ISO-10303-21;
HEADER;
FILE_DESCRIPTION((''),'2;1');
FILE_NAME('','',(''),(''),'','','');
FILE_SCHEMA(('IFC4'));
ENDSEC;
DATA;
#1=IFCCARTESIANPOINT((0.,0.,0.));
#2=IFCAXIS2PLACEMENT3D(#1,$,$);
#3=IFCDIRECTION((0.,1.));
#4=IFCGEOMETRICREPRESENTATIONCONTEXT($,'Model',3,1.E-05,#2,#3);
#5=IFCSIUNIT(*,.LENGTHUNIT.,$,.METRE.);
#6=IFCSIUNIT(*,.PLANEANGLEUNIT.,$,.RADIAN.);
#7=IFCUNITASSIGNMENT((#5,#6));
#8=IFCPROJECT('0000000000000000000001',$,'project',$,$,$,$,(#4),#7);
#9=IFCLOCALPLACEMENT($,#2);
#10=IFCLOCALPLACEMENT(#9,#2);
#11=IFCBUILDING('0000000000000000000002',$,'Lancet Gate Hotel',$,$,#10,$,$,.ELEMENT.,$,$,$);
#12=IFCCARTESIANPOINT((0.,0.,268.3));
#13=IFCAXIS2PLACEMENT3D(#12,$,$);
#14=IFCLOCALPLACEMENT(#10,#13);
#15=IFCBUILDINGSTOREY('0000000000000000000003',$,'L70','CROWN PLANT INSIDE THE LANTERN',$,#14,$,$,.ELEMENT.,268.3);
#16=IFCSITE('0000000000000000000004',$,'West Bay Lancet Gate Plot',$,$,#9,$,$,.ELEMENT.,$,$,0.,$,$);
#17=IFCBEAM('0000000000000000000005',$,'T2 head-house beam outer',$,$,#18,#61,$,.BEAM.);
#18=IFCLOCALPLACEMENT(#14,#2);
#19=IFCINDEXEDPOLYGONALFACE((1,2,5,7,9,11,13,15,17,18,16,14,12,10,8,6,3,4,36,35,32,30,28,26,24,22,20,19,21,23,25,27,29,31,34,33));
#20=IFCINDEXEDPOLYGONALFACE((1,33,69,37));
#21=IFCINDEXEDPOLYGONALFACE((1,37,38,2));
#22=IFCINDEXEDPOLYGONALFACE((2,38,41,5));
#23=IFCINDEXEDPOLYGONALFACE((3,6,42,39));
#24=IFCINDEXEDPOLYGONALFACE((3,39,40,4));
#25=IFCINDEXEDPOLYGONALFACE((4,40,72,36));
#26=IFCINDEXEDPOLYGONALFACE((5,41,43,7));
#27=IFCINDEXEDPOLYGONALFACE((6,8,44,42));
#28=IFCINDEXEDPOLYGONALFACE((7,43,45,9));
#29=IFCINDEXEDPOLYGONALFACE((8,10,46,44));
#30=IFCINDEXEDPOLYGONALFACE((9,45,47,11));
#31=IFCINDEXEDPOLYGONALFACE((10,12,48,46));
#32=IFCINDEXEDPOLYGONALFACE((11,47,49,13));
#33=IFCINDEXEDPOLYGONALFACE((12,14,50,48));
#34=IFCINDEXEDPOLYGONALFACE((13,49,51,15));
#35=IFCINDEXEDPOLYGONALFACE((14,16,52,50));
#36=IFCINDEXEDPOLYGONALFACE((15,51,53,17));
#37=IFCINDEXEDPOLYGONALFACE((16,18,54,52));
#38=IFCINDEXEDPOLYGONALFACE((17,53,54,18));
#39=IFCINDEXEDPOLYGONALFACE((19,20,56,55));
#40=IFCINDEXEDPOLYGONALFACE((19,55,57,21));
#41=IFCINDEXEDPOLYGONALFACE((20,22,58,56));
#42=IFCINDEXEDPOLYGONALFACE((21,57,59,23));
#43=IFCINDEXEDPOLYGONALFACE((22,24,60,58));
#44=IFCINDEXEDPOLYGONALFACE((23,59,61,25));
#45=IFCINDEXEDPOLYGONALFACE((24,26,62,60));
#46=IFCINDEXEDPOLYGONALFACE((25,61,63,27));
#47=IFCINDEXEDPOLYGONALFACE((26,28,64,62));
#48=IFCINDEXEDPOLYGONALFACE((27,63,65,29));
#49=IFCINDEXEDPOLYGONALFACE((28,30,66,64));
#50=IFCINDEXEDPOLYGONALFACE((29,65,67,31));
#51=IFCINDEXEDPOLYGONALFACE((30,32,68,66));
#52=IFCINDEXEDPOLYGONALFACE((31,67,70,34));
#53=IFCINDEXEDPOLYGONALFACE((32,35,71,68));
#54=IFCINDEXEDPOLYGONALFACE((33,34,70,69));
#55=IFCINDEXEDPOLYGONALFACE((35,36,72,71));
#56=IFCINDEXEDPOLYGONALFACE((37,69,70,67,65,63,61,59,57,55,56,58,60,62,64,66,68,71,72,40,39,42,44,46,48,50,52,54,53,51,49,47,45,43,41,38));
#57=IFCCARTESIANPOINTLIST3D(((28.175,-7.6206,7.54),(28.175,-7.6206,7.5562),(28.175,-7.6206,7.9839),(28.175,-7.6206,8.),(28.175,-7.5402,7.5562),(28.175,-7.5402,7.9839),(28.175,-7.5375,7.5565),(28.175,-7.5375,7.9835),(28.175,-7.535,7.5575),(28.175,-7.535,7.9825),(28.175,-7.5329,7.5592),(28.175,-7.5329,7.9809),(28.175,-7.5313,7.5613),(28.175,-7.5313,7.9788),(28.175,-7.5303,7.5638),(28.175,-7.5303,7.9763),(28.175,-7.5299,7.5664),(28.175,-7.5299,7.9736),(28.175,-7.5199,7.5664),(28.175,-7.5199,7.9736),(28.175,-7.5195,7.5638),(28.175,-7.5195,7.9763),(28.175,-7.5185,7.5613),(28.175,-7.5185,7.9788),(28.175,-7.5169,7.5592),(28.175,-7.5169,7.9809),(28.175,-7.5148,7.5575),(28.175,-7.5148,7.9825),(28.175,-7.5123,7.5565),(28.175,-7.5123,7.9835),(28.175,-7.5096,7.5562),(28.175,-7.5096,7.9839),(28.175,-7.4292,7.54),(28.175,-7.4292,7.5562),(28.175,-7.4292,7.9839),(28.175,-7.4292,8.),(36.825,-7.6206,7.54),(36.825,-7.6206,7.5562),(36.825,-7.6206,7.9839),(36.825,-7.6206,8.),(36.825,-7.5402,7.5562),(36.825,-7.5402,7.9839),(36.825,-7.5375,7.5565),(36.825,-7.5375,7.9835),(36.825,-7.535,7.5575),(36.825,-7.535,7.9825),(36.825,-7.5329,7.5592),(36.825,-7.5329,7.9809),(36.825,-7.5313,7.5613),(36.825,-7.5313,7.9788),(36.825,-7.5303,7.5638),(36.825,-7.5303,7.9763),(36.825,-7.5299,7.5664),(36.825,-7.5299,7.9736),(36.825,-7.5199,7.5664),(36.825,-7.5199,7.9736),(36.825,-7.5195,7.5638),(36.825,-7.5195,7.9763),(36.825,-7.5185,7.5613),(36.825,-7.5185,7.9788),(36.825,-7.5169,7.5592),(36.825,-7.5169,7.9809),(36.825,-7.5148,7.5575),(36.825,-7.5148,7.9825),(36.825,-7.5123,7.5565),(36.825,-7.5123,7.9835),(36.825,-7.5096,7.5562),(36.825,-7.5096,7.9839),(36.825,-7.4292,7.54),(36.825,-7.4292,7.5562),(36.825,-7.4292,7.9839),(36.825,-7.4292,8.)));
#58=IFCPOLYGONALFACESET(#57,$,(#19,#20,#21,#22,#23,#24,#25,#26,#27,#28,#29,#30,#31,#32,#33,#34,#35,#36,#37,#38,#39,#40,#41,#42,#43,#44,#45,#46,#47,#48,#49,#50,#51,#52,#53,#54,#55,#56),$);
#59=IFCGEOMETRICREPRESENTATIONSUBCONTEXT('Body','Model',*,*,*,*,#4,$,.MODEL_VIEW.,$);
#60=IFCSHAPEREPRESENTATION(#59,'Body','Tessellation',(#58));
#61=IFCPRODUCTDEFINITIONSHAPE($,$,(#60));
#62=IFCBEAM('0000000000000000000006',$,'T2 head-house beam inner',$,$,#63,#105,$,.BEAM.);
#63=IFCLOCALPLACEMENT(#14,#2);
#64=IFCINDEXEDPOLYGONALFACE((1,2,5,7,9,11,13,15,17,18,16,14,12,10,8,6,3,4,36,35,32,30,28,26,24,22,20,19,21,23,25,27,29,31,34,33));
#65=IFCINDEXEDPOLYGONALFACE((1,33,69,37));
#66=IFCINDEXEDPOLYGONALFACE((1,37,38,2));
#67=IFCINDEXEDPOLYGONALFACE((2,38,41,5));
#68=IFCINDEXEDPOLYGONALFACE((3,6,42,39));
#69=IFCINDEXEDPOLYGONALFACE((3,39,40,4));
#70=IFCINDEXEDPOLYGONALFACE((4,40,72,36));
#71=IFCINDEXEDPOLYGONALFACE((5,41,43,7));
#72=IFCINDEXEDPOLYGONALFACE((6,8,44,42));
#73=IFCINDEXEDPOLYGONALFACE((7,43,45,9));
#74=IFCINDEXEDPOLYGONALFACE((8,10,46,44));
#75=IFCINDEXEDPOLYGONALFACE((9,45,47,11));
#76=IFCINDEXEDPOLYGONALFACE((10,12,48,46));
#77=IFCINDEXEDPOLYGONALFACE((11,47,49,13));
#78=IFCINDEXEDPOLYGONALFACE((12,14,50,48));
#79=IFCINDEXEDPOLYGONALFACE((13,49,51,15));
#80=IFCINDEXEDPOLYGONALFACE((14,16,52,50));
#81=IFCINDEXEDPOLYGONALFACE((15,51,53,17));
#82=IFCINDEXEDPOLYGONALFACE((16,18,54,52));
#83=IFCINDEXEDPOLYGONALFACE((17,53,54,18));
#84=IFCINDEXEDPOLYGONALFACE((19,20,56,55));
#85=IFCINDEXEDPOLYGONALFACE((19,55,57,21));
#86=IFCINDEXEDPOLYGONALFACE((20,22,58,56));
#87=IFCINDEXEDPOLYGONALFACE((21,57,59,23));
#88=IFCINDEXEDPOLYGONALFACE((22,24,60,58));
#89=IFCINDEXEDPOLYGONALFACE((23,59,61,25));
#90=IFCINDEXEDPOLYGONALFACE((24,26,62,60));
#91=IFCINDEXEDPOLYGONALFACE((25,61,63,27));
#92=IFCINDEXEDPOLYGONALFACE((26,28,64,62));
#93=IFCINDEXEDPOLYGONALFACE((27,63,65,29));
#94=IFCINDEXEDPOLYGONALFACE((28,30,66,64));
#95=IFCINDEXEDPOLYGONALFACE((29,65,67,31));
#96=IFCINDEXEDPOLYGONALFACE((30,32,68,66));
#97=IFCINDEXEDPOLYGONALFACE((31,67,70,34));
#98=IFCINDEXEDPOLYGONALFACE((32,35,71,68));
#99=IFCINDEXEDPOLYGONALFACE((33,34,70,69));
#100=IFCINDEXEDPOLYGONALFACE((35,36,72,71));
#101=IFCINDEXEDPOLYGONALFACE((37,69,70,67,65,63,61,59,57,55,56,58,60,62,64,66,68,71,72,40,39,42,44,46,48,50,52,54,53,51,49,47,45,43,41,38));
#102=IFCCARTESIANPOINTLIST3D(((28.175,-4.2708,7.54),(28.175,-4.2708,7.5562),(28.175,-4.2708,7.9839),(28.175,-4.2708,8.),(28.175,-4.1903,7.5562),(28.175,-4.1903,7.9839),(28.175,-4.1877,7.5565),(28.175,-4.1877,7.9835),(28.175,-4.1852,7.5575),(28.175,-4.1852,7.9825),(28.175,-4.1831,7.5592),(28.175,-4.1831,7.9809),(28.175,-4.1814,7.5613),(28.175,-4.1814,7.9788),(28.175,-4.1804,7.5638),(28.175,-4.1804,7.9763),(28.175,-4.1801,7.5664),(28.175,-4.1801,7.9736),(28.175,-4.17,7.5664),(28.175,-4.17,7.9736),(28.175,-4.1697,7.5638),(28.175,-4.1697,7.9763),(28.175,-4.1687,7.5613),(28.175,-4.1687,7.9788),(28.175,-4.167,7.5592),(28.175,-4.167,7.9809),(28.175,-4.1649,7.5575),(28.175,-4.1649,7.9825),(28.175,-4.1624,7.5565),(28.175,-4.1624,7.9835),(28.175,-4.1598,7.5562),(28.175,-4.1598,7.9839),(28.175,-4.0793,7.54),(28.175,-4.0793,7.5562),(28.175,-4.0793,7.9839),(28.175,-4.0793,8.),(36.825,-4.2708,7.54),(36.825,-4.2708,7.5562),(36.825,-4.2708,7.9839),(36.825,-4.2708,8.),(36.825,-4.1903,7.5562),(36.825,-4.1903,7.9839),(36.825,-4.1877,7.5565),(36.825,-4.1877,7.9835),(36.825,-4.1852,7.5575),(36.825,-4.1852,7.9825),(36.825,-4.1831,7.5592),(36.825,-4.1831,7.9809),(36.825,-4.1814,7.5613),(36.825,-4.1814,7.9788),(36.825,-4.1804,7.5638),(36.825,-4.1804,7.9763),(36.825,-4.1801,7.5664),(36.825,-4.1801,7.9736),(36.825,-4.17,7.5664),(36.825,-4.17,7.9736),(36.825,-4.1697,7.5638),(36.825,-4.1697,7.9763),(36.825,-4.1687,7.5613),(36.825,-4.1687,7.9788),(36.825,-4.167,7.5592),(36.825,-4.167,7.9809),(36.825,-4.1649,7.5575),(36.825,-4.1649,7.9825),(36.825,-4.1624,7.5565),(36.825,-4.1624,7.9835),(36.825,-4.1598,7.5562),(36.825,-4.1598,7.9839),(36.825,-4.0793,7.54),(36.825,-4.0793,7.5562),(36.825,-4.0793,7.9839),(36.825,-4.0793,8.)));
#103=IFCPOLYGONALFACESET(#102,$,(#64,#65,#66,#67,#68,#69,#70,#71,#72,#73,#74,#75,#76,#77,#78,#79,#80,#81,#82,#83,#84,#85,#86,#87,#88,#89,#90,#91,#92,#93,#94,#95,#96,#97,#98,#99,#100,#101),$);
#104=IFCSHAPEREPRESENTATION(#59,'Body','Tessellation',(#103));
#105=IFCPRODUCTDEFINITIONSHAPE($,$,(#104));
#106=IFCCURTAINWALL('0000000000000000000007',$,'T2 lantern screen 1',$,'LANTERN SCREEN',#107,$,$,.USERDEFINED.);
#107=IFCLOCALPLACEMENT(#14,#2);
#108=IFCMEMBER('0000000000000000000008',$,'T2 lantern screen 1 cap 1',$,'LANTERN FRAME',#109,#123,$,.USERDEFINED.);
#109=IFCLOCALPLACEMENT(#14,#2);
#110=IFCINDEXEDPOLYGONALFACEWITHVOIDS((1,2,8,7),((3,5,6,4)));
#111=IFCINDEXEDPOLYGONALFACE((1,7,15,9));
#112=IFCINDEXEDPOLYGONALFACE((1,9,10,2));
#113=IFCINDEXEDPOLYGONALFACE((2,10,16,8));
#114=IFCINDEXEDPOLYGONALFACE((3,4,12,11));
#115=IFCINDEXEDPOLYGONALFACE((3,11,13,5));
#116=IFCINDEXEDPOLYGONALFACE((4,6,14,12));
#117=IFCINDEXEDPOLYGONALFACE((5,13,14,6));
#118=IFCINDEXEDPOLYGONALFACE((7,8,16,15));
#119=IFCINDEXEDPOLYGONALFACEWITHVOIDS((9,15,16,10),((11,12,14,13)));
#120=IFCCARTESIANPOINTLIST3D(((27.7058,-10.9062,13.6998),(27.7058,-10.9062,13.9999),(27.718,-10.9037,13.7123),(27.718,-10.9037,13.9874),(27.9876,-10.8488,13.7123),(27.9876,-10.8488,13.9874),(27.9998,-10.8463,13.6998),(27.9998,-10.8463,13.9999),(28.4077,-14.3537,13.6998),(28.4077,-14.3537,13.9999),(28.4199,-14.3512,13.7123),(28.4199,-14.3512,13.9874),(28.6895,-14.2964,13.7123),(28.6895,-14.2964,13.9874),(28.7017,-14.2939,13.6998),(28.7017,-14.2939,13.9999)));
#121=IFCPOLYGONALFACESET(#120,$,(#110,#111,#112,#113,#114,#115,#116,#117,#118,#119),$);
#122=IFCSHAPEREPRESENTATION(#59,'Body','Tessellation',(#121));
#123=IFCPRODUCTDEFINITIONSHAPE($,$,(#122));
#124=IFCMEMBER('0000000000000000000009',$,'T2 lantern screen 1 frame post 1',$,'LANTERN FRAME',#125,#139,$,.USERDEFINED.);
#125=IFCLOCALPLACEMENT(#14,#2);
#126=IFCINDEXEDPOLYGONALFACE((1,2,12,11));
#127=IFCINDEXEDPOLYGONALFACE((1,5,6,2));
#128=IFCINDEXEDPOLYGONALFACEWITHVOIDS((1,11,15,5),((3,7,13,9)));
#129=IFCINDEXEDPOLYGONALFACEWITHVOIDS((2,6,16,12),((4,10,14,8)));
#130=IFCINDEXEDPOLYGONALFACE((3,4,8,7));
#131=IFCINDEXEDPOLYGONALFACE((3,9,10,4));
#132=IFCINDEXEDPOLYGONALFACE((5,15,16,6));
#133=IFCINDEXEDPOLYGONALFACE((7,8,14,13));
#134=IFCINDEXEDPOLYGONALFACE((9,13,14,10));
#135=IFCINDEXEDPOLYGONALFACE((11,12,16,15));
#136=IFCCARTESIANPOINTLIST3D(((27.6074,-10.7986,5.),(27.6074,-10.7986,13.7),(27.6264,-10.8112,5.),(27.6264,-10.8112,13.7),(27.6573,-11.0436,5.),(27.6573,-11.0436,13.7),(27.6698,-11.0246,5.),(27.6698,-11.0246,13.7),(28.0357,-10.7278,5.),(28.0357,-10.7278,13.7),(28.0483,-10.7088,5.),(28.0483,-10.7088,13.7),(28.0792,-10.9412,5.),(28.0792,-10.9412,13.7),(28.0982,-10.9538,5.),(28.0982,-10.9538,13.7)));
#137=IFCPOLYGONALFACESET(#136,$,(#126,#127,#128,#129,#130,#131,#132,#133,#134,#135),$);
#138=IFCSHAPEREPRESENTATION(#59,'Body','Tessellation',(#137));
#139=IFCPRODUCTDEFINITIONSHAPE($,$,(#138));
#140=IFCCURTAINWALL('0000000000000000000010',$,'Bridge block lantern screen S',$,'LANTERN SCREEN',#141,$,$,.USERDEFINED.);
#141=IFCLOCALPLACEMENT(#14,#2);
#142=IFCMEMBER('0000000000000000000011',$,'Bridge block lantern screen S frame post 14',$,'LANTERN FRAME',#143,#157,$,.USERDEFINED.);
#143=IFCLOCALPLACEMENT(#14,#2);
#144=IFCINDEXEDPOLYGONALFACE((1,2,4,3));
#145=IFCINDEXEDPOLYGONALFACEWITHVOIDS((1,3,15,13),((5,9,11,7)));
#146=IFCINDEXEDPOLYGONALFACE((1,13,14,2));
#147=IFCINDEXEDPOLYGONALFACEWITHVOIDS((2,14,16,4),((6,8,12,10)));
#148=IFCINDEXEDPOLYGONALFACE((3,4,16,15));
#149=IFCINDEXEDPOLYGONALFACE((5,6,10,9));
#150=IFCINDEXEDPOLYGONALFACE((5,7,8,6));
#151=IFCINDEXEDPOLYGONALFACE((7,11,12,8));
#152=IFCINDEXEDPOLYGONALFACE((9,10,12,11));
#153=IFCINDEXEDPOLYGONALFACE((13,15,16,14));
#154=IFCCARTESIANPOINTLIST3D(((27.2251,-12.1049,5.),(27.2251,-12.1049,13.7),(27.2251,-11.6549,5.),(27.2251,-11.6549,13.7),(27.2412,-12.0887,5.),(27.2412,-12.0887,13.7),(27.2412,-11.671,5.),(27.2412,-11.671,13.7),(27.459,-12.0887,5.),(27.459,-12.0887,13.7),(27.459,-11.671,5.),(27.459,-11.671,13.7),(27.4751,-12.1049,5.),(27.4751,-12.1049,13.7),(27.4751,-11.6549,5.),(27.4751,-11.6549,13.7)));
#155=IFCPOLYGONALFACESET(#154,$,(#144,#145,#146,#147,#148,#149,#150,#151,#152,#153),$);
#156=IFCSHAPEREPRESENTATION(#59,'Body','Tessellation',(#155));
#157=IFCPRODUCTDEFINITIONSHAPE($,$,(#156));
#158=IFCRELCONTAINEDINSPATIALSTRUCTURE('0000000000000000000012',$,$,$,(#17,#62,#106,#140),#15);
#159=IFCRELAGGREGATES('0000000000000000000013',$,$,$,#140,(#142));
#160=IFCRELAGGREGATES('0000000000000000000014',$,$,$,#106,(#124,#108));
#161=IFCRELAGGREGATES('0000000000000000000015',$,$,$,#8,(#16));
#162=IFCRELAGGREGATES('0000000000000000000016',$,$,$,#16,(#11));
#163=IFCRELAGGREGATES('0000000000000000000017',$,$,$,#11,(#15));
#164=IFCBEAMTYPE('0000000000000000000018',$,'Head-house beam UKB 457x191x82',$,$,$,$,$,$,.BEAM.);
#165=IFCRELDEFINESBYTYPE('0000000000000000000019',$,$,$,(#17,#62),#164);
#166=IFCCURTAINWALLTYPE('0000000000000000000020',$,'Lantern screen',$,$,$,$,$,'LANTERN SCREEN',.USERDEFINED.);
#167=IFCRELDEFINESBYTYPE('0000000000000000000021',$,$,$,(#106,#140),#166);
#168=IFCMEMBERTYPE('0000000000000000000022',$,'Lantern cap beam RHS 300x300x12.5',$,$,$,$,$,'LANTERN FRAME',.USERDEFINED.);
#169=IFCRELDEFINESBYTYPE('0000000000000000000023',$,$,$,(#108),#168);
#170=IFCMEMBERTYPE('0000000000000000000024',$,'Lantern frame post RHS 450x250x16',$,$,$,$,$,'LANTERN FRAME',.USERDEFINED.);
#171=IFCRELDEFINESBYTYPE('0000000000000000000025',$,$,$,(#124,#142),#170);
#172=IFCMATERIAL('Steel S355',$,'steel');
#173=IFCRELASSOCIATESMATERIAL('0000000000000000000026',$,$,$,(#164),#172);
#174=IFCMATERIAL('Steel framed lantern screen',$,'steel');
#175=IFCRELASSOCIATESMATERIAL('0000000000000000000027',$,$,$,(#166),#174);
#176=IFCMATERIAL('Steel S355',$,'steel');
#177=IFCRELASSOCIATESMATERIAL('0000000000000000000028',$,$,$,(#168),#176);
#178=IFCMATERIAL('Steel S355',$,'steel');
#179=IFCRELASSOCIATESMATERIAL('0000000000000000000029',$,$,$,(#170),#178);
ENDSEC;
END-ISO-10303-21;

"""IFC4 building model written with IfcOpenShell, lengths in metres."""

from ifc_helpers import new_model, si_unit, direction, frame, origin, origin_2d, place, context, subcontext, project, spatial, hollow_rectangle, i_section, extrude, material, material_profile, profile_set, type_object, element, aggregate, save


model = new_model("IFC4")

# Units and contexts
model_context = context("Model", 3, precision=1e-05, world=origin(), true_north=direction((0.0, 1.0)))
body_context = subcontext(model_context, "Body", "Model", "MODEL_VIEW")
ifc_project = project(units=[si_unit("LENGTHUNIT", "METRE"), si_unit("PLANEANGLEUNIT", "RADIAN")], contexts=[model_context])

# Site, building, storey
site_placement = place(None, origin())
site = spatial("IfcSite", under=ifc_project, at=site_placement, Name="West Bay Lancet Gate Plot", CompositionType="ELEMENT", RefElevation=0.0)
building_placement = place(site_placement, origin())
building = spatial("IfcBuilding", under=site, at=building_placement, Name="Lancet Gate Hotel", CompositionType="ELEMENT")
storey_placement = place(building_placement, frame((0.0, 0.0, 268.3)))
storey = spatial("IfcBuildingStorey", under=building, at=storey_placement, Name="L70", Description="CROWN PLANT INSIDE THE LANTERN", CompositionType="ELEMENT", Elevation=268.3)

# Beams
ifc_material_1 = material(Name="Steel S355", Category="steel")
ifc_material_profile_1 = material_profile(ifc_material_1, i_section(OverallWidth=0.1914, OverallDepth=0.46, WebThickness=0.01, FlangeThickness=0.0161, FilletRadius=0.0103, at=origin_2d()), Name="UKB 457x191x82")
ifc_profile_set_1 = profile_set([ifc_material_profile_1], Name="Steel S355")
beam_type_1 = type_object("IfcBeamType", Name="Head-house beam UKB 457x191x82", PredefinedType="BEAM", material=ifc_profile_set_1)
for number, where, z_axis, x_axis, name in (
    (1, (28.175, -7.5249, 7.77), (1.0, 0.0, 0.0), (0.0, 1.0, 0.0), "T2 head-house beam outer"),
    (2, (28.175, -4.175, 7.77), (1.0, 0.0, 0.0), (0.0, 1.0, 0.0), "T2 head-house beam inner"),
):
    element("IfcBeam", number, at=place(storey_placement, frame(where, z_axis=z_axis, x_axis=x_axis)), inside=storey, type_object=beam_type_1, Name=name, PredefinedType="BEAM", context=body_context, shape_type="SweptSolid", body=[
        extrude(i_section(OverallWidth=0.1914, OverallDepth=0.46, WebThickness=0.01, FlangeThickness=0.0161, FilletRadius=0.0103, at=origin_2d()), origin(), (0.0, 0.0, 1.0), 8.6499),
    ])

# Curtain wall, members
ifc_material_2 = material(Name="Steel framed lantern screen", Category="steel")
curtain_wall_type_1 = type_object("IfcCurtainWallType", Name="Lantern screen", ElementType="LANTERN SCREEN", PredefinedType="USERDEFINED", material=ifc_material_2)
curtain_wall_1_placement = place(storey_placement, origin())
curtain_wall_1 = element("IfcCurtainWall", 3, at=curtain_wall_1_placement, inside=storey, type_object=curtain_wall_type_1, Name="T2 lantern screen 1", ObjectType="LANTERN SCREEN", PredefinedType="USERDEFINED")
ifc_material_3 = material(Name="Steel S355", Category="steel")
ifc_material_profile_2 = material_profile(ifc_material_3, hollow_rectangle(XDim=0.3, YDim=0.3, WallThickness=0.0125, at=origin_2d()), Name="RHS 300x300x12.5")
ifc_profile_set_2 = profile_set([ifc_material_profile_2], Name="Steel S355")
member_type_1 = type_object("IfcMemberType", Name="Lantern cap beam RHS 300x300x12.5", ElementType="LANTERN FRAME", PredefinedType="USERDEFINED", material=ifc_profile_set_2)
member_1_placement = place(storey_placement, frame((27.8528, -10.8762, 13.8499), z_axis=(0.199505, -0.979897, 0.0), x_axis=(0.979897, 0.199505, 0.0)))
member_1 = element("IfcMember", 4, at=member_1_placement, type_object=member_type_1, Name="T2 lantern screen 1 cap 1", ObjectType="LANTERN FRAME", PredefinedType="USERDEFINED", context=body_context, shape_type="SweptSolid", body=[
    extrude(hollow_rectangle(XDim=0.3, YDim=0.3, WallThickness=0.0125, at=origin_2d()), origin(), (0.0, 0.0, 1.0), 3.5183),
])
ifc_material_4 = material(Name="Steel S355", Category="steel")
ifc_material_profile_3 = material_profile(ifc_material_4, hollow_rectangle(XDim=0.25, YDim=0.45, WallThickness=0.0161, at=origin_2d()), Name="RHS 450x250x16")
ifc_profile_set_3 = profile_set([ifc_material_profile_3], Name="Steel S355")
member_type_2 = type_object("IfcMemberType", Name="Lantern frame post RHS 450x250x16", ElementType="LANTERN FRAME", PredefinedType="USERDEFINED", material=ifc_profile_set_3)
member_2_placement = place(storey_placement, frame((27.8528, -10.8762, 5.0), z_axis=(0.0, 0.0, 1.0), x_axis=(0.199533, -0.979891, 0.0)))
member_2 = element("IfcMember", 5, at=member_2_placement, type_object=member_type_2, Name="T2 lantern screen 1 frame post 1", ObjectType="LANTERN FRAME", PredefinedType="USERDEFINED", context=body_context, shape_type="SweptSolid", body=[
    extrude(hollow_rectangle(XDim=0.25, YDim=0.45, WallThickness=0.0161, at=origin_2d()), origin(), (0.0, 0.0, 1.0), 8.7),
])

# Curtain wall, member
curtain_wall_2_placement = place(storey_placement, origin())
curtain_wall_2 = element("IfcCurtainWall", 6, at=curtain_wall_2_placement, inside=storey, type_object=curtain_wall_type_1, Name="Bridge block lantern screen S", ObjectType="LANTERN SCREEN", PredefinedType="USERDEFINED")
member_3_placement = place(storey_placement, frame((27.3501, -11.8799, 5.0), z_axis=(0.0, 0.0, 1.0), x_axis=(1.0, 0.0, 0.0)))
member_3 = element("IfcMember", 7, at=member_3_placement, type_object=member_type_2, Name="Bridge block lantern screen S frame post 14", ObjectType="LANTERN FRAME", PredefinedType="USERDEFINED", context=body_context, shape_type="SweptSolid", body=[
    extrude(hollow_rectangle(XDim=0.25, YDim=0.45, WallThickness=0.0161, at=origin_2d()), origin(), (0.0, 0.0, 1.0), 8.7),
])

aggregate(curtain_wall_2, [member_3])
aggregate(curtain_wall_1, [member_2, member_1])

save(model, "model.ifc")
